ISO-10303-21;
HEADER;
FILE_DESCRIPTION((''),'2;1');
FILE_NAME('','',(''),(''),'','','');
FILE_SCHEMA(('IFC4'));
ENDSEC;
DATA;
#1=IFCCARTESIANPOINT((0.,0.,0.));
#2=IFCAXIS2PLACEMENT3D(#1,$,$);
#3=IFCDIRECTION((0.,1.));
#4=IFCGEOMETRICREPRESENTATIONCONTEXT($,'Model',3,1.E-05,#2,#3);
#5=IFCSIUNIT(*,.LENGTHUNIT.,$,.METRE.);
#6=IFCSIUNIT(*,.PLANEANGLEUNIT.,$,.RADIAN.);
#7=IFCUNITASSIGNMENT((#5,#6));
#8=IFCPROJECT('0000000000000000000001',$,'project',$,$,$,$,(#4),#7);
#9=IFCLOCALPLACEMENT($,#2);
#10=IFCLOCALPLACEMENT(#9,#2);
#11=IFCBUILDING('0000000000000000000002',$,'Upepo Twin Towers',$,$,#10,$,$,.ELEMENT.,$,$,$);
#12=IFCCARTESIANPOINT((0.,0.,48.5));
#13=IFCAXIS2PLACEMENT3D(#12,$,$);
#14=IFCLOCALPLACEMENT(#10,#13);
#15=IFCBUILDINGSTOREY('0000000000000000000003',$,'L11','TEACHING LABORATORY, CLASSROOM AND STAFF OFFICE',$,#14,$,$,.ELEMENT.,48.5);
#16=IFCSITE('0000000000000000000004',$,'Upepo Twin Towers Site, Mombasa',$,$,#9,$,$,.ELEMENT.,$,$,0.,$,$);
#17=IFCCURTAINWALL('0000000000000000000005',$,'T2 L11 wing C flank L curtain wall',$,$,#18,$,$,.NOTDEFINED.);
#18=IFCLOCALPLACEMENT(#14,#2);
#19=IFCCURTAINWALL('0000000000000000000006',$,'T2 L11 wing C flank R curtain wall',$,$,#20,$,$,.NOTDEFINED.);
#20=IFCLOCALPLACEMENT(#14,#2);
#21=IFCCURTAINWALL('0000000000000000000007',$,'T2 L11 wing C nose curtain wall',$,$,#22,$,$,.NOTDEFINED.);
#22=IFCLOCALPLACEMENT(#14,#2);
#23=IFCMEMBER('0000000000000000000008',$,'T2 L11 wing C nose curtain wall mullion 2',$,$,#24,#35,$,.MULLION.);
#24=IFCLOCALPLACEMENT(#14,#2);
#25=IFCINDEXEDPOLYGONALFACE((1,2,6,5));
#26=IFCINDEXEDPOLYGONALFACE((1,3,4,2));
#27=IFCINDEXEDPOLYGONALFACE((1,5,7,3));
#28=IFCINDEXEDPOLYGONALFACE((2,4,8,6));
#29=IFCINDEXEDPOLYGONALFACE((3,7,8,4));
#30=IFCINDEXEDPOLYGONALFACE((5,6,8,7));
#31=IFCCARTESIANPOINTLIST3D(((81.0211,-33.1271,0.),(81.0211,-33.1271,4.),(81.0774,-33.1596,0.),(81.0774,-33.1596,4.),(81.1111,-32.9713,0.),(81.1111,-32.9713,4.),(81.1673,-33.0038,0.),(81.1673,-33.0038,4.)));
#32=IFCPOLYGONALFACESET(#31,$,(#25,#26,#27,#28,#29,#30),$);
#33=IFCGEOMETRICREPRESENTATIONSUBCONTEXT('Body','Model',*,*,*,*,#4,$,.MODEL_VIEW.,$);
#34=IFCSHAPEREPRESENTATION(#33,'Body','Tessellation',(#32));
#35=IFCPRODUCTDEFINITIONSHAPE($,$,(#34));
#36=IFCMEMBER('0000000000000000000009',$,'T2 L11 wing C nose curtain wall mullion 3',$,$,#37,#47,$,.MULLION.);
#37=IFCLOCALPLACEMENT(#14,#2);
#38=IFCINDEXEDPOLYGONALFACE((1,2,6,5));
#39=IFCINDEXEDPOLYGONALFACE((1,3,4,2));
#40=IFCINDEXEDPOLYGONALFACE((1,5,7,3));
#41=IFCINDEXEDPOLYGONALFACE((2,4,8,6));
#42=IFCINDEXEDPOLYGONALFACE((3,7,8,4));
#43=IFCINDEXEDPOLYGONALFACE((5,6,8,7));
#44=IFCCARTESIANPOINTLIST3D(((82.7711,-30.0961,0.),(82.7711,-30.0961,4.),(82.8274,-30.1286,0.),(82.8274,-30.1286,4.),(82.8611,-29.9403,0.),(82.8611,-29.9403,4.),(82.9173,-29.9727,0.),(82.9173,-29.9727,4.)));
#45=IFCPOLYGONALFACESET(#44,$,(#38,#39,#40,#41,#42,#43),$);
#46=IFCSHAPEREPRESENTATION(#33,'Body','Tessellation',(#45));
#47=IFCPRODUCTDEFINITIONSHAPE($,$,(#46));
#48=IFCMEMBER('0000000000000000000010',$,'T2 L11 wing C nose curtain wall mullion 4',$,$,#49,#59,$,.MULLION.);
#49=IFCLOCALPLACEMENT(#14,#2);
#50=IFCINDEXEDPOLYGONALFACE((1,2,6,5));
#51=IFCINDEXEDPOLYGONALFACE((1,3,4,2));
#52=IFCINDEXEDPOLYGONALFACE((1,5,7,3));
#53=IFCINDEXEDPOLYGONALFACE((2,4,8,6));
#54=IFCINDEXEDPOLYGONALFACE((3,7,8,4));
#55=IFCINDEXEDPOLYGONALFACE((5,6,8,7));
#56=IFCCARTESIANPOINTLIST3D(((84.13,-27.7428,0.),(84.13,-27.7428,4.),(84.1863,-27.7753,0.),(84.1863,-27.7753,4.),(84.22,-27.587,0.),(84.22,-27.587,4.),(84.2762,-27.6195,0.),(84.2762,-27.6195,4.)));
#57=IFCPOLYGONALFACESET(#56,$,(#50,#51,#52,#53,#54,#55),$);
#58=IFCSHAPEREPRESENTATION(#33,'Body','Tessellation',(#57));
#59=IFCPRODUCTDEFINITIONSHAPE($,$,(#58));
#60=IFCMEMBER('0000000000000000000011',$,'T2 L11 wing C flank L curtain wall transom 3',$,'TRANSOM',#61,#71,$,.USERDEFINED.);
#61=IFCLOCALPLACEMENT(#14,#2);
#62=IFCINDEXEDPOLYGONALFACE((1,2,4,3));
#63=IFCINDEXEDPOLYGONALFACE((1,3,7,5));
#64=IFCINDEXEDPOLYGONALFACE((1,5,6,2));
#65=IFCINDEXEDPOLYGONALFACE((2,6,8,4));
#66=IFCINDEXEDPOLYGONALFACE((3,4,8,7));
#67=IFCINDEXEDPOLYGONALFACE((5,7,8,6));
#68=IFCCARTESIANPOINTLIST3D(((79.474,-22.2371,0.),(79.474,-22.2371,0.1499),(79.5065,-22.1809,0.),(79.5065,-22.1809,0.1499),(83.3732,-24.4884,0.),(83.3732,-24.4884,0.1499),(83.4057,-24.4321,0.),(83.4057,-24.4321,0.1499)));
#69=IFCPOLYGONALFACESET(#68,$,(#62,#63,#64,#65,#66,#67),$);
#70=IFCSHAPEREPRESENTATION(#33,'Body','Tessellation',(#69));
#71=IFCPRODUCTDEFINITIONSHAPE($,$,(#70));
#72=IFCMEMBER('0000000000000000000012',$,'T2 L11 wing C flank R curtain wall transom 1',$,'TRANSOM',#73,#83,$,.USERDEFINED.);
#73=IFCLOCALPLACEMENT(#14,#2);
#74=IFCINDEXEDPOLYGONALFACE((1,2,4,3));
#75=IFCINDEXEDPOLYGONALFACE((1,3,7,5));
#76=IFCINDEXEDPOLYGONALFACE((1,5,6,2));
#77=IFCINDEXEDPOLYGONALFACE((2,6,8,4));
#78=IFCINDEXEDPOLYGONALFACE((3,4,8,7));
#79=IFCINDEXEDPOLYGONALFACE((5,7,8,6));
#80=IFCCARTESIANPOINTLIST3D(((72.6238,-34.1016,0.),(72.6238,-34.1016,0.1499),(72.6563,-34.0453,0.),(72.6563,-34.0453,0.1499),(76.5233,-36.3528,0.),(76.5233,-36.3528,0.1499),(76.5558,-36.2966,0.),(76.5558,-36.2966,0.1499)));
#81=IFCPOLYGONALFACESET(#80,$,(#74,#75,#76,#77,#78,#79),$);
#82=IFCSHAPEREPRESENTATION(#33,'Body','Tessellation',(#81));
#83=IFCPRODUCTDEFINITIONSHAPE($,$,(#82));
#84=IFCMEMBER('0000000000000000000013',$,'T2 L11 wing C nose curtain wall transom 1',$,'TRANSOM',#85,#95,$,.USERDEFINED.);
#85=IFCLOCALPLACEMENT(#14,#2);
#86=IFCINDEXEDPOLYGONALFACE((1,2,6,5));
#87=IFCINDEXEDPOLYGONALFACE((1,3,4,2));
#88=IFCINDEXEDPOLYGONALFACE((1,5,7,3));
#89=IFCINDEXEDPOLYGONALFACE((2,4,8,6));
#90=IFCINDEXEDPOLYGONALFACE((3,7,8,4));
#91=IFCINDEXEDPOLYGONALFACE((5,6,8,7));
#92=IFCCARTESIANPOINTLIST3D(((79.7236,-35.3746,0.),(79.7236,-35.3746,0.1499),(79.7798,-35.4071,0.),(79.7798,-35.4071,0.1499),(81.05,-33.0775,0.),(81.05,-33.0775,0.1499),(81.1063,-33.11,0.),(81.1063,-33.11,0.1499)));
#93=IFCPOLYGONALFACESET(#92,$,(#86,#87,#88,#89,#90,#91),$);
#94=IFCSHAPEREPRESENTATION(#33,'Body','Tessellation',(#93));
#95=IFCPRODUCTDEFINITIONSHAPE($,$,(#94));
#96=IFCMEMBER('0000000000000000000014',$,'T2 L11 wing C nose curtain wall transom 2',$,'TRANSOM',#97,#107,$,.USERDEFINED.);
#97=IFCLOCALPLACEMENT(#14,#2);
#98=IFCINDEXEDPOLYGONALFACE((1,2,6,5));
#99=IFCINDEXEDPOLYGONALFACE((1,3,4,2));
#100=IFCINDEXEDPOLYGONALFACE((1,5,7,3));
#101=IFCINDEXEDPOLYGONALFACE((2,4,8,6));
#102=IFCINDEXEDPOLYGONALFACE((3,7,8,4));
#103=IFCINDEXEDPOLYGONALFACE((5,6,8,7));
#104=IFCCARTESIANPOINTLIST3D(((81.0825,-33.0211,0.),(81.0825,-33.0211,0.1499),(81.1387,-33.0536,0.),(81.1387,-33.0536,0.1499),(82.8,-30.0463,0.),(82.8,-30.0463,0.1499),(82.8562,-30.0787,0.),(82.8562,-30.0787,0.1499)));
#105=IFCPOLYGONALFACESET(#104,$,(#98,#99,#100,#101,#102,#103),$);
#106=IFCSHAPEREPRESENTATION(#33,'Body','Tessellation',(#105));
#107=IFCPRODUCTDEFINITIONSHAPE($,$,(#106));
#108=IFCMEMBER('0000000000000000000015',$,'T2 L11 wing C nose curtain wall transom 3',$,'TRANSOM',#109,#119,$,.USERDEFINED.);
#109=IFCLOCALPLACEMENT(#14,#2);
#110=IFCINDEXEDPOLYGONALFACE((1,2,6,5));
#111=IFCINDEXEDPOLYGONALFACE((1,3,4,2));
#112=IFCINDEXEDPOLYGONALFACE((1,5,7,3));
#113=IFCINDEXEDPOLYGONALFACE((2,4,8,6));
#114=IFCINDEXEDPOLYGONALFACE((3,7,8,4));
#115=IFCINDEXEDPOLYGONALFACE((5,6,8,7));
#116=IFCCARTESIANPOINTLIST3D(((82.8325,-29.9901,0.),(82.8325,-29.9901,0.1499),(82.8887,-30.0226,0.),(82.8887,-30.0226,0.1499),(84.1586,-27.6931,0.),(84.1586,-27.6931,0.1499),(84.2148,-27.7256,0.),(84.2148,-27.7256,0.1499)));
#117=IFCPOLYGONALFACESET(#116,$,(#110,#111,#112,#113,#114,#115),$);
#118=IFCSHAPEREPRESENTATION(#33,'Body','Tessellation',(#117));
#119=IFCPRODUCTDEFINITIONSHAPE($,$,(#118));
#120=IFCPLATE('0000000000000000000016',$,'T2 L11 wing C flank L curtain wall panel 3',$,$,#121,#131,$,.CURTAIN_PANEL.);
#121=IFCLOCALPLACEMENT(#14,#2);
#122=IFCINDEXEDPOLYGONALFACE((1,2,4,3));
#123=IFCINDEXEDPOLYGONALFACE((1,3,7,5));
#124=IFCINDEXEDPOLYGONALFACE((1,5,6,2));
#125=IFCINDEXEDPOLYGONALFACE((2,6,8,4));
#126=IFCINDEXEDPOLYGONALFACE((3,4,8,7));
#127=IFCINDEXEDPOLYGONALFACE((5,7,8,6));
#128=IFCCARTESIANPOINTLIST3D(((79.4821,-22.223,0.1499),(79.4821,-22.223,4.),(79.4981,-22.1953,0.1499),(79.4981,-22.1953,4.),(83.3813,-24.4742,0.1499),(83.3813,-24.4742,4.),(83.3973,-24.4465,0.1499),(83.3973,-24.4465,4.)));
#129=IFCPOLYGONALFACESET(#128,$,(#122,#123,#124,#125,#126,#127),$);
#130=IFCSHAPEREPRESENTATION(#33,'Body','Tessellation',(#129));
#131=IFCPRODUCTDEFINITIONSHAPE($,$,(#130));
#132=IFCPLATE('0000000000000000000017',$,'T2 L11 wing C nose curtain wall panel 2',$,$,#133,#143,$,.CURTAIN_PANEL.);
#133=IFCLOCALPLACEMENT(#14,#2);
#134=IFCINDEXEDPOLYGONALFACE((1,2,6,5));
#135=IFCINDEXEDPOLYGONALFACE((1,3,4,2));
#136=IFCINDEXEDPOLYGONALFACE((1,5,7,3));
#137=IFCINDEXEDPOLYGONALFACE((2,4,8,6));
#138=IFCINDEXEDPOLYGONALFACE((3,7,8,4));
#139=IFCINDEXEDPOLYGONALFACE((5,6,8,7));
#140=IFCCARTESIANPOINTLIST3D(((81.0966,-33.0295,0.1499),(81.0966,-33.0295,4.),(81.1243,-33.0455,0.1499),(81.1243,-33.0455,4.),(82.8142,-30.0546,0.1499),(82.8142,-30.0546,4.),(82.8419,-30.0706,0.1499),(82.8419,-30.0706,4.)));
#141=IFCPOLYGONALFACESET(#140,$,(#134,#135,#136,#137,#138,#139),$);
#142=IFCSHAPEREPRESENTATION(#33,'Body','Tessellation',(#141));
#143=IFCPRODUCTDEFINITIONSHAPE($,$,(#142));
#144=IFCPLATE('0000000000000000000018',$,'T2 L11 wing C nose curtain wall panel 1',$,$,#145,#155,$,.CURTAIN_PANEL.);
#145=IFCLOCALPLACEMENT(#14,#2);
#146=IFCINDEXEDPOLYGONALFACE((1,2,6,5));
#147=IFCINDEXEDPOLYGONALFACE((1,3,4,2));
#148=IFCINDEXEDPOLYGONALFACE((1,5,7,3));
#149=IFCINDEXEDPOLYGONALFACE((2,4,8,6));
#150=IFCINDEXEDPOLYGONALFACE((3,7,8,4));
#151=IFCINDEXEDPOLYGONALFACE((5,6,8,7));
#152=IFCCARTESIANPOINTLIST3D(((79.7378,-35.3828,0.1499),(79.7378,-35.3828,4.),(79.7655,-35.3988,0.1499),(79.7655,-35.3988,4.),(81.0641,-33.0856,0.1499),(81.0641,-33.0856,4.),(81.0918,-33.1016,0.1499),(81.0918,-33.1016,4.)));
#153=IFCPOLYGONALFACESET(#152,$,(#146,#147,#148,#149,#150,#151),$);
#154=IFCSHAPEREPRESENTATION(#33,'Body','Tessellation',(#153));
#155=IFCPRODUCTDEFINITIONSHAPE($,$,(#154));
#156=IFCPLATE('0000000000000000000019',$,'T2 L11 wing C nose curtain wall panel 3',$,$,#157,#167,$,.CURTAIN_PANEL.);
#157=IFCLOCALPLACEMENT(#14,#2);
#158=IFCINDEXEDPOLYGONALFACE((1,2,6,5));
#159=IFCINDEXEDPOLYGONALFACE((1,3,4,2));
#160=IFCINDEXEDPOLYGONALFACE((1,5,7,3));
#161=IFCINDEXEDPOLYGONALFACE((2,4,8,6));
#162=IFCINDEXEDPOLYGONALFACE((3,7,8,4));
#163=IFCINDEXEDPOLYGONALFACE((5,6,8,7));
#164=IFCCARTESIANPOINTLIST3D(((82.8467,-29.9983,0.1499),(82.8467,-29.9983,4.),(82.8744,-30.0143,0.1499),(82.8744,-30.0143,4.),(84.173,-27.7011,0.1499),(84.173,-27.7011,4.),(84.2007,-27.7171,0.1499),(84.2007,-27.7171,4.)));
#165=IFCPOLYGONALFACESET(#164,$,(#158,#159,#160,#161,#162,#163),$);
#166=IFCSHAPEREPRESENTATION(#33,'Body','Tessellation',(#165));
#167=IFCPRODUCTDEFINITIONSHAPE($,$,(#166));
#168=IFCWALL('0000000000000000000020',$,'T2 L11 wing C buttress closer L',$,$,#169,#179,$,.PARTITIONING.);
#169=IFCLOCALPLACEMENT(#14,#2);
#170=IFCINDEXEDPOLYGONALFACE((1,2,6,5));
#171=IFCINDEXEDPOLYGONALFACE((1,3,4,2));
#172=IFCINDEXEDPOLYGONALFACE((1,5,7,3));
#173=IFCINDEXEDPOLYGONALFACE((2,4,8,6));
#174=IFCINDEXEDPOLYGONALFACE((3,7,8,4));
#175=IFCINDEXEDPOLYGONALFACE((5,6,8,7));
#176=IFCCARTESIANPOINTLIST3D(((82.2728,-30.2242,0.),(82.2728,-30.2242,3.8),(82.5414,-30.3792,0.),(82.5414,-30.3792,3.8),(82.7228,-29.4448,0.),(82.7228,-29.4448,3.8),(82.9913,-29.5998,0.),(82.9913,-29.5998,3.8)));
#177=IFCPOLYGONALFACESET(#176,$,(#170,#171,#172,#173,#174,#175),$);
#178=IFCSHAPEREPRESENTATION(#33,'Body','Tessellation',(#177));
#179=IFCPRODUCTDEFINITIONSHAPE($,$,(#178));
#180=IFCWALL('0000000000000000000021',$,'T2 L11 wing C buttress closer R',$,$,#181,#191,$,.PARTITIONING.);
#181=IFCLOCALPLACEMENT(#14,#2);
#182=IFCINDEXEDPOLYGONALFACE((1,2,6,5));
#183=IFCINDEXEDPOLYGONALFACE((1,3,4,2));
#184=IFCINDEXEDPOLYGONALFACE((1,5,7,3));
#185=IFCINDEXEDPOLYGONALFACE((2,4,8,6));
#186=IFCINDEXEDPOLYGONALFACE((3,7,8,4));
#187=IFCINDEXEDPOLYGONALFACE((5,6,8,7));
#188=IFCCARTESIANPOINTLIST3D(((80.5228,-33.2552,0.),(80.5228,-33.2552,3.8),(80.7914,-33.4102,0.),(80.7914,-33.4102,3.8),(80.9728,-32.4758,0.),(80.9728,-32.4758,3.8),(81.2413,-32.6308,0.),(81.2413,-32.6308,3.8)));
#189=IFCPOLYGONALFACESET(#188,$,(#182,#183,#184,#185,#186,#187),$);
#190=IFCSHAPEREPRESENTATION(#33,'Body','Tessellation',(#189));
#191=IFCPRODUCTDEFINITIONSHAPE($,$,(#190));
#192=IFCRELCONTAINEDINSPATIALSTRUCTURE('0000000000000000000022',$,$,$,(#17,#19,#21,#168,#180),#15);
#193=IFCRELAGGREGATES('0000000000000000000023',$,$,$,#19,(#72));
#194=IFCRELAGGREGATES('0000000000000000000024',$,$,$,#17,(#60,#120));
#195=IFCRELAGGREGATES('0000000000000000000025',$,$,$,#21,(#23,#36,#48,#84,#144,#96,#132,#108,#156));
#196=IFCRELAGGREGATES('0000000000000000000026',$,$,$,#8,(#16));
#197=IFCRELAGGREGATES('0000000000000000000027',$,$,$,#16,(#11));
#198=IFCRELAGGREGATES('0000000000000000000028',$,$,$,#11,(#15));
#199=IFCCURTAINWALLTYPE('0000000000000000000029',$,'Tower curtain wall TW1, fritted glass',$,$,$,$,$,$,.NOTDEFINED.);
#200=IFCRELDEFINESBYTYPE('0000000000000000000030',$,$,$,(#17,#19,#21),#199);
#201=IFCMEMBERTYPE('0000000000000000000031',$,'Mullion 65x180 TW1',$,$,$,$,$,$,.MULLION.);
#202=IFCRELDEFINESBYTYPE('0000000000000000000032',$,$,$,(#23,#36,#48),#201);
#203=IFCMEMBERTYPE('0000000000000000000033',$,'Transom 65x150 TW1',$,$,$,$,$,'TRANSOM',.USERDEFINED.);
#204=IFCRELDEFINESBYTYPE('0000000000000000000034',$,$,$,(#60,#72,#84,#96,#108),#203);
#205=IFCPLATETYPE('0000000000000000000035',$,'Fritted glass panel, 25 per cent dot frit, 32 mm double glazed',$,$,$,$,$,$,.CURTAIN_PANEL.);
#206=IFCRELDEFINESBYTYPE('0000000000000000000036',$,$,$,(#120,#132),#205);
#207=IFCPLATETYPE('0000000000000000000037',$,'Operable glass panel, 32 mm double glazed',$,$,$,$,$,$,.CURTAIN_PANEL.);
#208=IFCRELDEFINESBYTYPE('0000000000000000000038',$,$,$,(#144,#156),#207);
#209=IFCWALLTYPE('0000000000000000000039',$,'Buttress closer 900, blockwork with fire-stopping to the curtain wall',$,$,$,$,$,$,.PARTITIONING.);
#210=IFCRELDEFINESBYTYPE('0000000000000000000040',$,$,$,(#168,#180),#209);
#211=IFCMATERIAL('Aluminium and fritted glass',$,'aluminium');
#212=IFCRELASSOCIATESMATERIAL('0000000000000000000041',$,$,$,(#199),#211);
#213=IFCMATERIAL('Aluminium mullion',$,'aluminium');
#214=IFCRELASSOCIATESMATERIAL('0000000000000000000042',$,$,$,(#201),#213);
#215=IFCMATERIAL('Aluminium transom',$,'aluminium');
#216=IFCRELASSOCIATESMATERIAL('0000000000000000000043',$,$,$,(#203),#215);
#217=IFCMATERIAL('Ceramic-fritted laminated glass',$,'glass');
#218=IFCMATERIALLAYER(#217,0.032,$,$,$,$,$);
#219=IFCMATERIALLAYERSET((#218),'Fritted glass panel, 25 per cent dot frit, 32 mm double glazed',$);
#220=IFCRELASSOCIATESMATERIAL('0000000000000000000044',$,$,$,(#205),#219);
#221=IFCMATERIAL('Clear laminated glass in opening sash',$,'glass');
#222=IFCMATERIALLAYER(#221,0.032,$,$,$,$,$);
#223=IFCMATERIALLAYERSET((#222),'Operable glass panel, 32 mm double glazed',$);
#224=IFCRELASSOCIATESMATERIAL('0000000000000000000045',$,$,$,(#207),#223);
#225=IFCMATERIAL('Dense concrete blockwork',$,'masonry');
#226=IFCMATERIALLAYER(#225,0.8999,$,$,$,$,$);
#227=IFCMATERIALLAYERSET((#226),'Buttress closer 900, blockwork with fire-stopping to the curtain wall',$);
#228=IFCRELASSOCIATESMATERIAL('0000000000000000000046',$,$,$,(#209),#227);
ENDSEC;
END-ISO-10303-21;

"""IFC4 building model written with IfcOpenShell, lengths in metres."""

from ifc_helpers import new_model, si_unit, direction, frame, frame_2d, origin, origin_2d, place, context, subcontext, project, spatial, rectangle, extrude, material, layer, layer_set, material_profile, profile_set, type_object, element, aggregate, save


model = new_model("IFC4")

# Units and contexts
model_context = context("Model", 3, precision=1e-05, world=origin(), true_north=direction((0.0, 1.0)))
body_context = subcontext(model_context, "Body", "Model", "MODEL_VIEW")
ifc_project = project(units=[si_unit("LENGTHUNIT", "METRE"), si_unit("PLANEANGLEUNIT", "RADIAN")], contexts=[model_context])

# Site, building, storey
site_placement = place(None, origin())
site = spatial("IfcSite", under=ifc_project, at=site_placement, Name="Upepo Twin Towers Site, Mombasa", CompositionType="ELEMENT", RefElevation=0.0)
building_placement = place(site_placement, origin())
building = spatial("IfcBuilding", under=site, at=building_placement, Name="Upepo Twin Towers", CompositionType="ELEMENT")
storey_placement = place(building_placement, frame((0.0, 0.0, 48.5)))
storey = spatial("IfcBuildingStorey", under=building, at=storey_placement, Name="L11", Description="TEACHING LABORATORY, CLASSROOM AND STAFF OFFICE", CompositionType="ELEMENT", Elevation=48.5)

# Curtain wall
ifc_material_1 = material(Name="Aluminium and fritted glass", Category="aluminium")
curtain_wall_type = type_object("IfcCurtainWallType", Name="Tower curtain wall TW1, fritted glass", PredefinedType="NOTDEFINED", material=ifc_material_1)
curtain_wall_1_placement = place(storey_placement, origin())
curtain_wall_1 = element("IfcCurtainWall", 1, at=curtain_wall_1_placement, inside=storey, type_object=curtain_wall_type, Name="T2 L11 wing C flank L curtain wall", PredefinedType="NOTDEFINED")
ifc_material_2 = material(Name="Aluminium mullion", Category="aluminium")
ifc_material_profile_1 = material_profile(ifc_material_2, rectangle(XDim=0.0649, YDim=0.1799, at=origin_2d()), Name="MULLION 65x180")
ifc_profile_set_1 = profile_set([ifc_material_profile_1], Name="Aluminium mullion")
member_type_1 = type_object("IfcMemberType", Name="Mullion 65x180 TW1", PredefinedType="MULLION", material=ifc_profile_set_1)

# Curtain wall
curtain_wall_2_placement = place(storey_placement, origin())
curtain_wall_2 = element("IfcCurtainWall", 2, at=curtain_wall_2_placement, inside=storey, type_object=curtain_wall_type, Name="T2 L11 wing C flank R curtain wall", PredefinedType="NOTDEFINED")

# Curtain wall, members
curtain_wall_3_placement = place(storey_placement, origin())
curtain_wall_3 = element("IfcCurtainWall", 3, at=curtain_wall_3_placement, inside=storey, type_object=curtain_wall_type, Name="T2 L11 wing C nose curtain wall", PredefinedType="NOTDEFINED")
member_1_placement = place(storey_placement, frame((81.0942, -33.0654, 0.0), z_axis=(0.0, 0.0, 1.0), x_axis=(-0.866025, 0.5, 0.0)))
member_1 = element("IfcMember", 4, at=member_1_placement, type_object=member_type_1, Name="T2 L11 wing C nose curtain wall mullion 2", PredefinedType="MULLION", context=body_context, shape_type="SweptSolid", body=[
    extrude(rectangle(XDim=0.0649, YDim=0.1799, at=origin_2d()), origin(), (0.0, 0.0, 1.0), 4.0),
])
member_2_placement = place(storey_placement, frame((82.8442, -30.0344, 0.0), z_axis=(0.0, 0.0, 1.0), x_axis=(-0.866025, 0.5, 0.0)))
member_2 = element("IfcMember", 5, at=member_2_placement, type_object=member_type_1, Name="T2 L11 wing C nose curtain wall mullion 3", PredefinedType="MULLION", context=body_context, shape_type="SweptSolid", body=[
    extrude(rectangle(XDim=0.0649, YDim=0.1799, at=origin_2d()), origin(), (0.0, 0.0, 1.0), 4.0),
])
member_3_placement = place(storey_placement, frame((84.2031, -27.6812, 0.0), z_axis=(0.0, 0.0, 1.0), x_axis=(-0.866025, 0.5, 0.0)))
member_3 = element("IfcMember", 6, at=member_3_placement, type_object=member_type_1, Name="T2 L11 wing C nose curtain wall mullion 4", PredefinedType="MULLION", context=body_context, shape_type="SweptSolid", body=[
    extrude(rectangle(XDim=0.0649, YDim=0.1799, at=origin_2d()), origin(), (0.0, 0.0, 1.0), 4.0),
])

# Members
ifc_material_3 = material(Name="Aluminium transom", Category="aluminium")
ifc_material_profile_2 = material_profile(ifc_material_3, rectangle(XDim=0.0649, YDim=0.1499, at=origin_2d()), Name="TRANSOM 65x150")
ifc_profile_set_2 = profile_set([ifc_material_profile_2], Name="Aluminium transom")
member_type_2 = type_object("IfcMemberType", Name="Transom 65x150 TW1", ElementType="TRANSOM", PredefinedType="USERDEFINED", material=ifc_profile_set_2)
member_4_placement = place(storey_placement, frame((79.4902, -22.209, 0.075), z_axis=(0.866022, -0.500006, 0.0), x_axis=(0.500006, 0.866022, 0.0)))
member_4 = element("IfcMember", 7, at=member_4_placement, type_object=member_type_2, Name="T2 L11 wing C flank L curtain wall transom 3", ObjectType="TRANSOM", PredefinedType="USERDEFINED", context=body_context, shape_type="SweptSolid", body=[
    extrude(rectangle(XDim=0.0649, YDim=0.1499, at=origin_2d()), origin(), (0.0, 0.0, 1.0), 4.5024),
])
member_5_placement = place(storey_placement, frame((76.5396, -36.3247, 0.075), z_axis=(-0.866036, 0.499982, 0.0), x_axis=(-0.499982, -0.866036, 0.0)))
member_5 = element("IfcMember", 8, at=member_5_placement, type_object=member_type_2, Name="T2 L11 wing C flank R curtain wall transom 1", ObjectType="TRANSOM", PredefinedType="USERDEFINED", context=body_context, shape_type="SweptSolid", body=[
    extrude(rectangle(XDim=0.0649, YDim=0.1499, at=origin_2d()), origin(), (0.0, 0.0, 1.0), 4.5027),
])
aggregate(curtain_wall_2, [member_5])
member_6_placement = place(storey_placement, frame((79.7517, -35.3909, 0.075), z_axis=(0.500049, 0.865997, 0.0), x_axis=(-0.865997, 0.500049, 0.0)))
member_6 = element("IfcMember", 9, at=member_6_placement, type_object=member_type_2, Name="T2 L11 wing C nose curtain wall transom 1", ObjectType="TRANSOM", PredefinedType="USERDEFINED", context=body_context, shape_type="SweptSolid", body=[
    extrude(rectangle(XDim=0.0649, YDim=0.1499, at=origin_2d()), origin(), (0.0, 0.0, 1.0), 2.6526),
])
member_7_placement = place(storey_placement, frame((81.1106, -33.0374, 0.075), z_axis=(0.499999, 0.866026, 0.0), x_axis=(-0.866026, 0.499999, 0.0)))
member_7 = element("IfcMember", 10, at=member_7_placement, type_object=member_type_2, Name="T2 L11 wing C nose curtain wall transom 2", ObjectType="TRANSOM", PredefinedType="USERDEFINED", context=body_context, shape_type="SweptSolid", body=[
    extrude(rectangle(XDim=0.0649, YDim=0.1499, at=origin_2d()), origin(), (0.0, 0.0, 1.0), 3.4351),
])
member_8_placement = place(storey_placement, frame((82.8606, -30.0063, 0.075), z_axis=(0.49998, 0.866037, 0.0), x_axis=(-0.866037, 0.49998, 0.0)))
member_8 = element("IfcMember", 11, at=member_8_placement, type_object=member_type_2, Name="T2 L11 wing C nose curtain wall transom 3", ObjectType="TRANSOM", PredefinedType="USERDEFINED", context=body_context, shape_type="SweptSolid", body=[
    extrude(rectangle(XDim=0.0649, YDim=0.1499, at=origin_2d()), origin(), (0.0, 0.0, 1.0), 2.6523),
])

# Plates
ifc_material_4 = material(Name="Ceramic-fritted laminated glass", Category="glass")
ifc_layer_1 = layer(ifc_material_4, 0.032)
ifc_layer_set_1 = layer_set([ifc_layer_1], Name="Fritted glass panel, 25 per cent dot frit, 32 mm double glazed")
plate_type_1 = type_object("IfcPlateType", Name="Fritted glass panel, 25 per cent dot frit, 32 mm double glazed", PredefinedType="CURTAIN_PANEL", material=ifc_layer_set_1)
plate_1_placement = place(storey_placement, frame((81.4397, -23.3347, 0.1499), z_axis=(0.0, 0.0, 1.0), x_axis=(0.866025, -0.5, 0.0)))
plate_1 = element("IfcPlate", 12, at=plate_1_placement, type_object=plate_type_1, Name="T2 L11 wing C flank L curtain wall panel 3", PredefinedType="CURTAIN_PANEL", context=body_context, shape_type="SweptSolid", body=[
    extrude(rectangle(XDim=4.5024, YDim=0.032, at=origin_2d()), origin(), (0.0, 0.0, 1.0), 3.8501),
])
aggregate(curtain_wall_1, [member_4, plate_1])
plate_2_placement = place(storey_placement, frame((81.9692, -31.55, 0.1499), z_axis=(0.0, 0.0, 1.0), x_axis=(0.5, 0.866025, 0.0)))
plate_2 = element("IfcPlate", 13, at=plate_2_placement, type_object=plate_type_1, Name="T2 L11 wing C nose curtain wall panel 2", PredefinedType="CURTAIN_PANEL", context=body_context, shape_type="SweptSolid", body=[
    extrude(rectangle(XDim=3.4351, YDim=0.032, at=origin_2d()), origin(), (0.0, 0.0, 1.0), 3.8501),
])
ifc_material_5 = material(Name="Clear laminated glass in opening sash", Category="glass")
ifc_layer_2 = layer(ifc_material_5, 0.032)
ifc_layer_set_2 = layer_set([ifc_layer_2], Name="Operable glass panel, 32 mm double glazed")
plate_type_2 = type_object("IfcPlateType", Name="Operable glass panel, 32 mm double glazed", PredefinedType="CURTAIN_PANEL", material=ifc_layer_set_2)
plate_3_placement = place(storey_placement, frame((80.4148, -34.2422, 0.1499), z_axis=(0.0, 0.0, 1.0), x_axis=(0.5, 0.866025, 0.0)))
plate_3 = element("IfcPlate", 14, at=plate_3_placement, type_object=plate_type_2, Name="T2 L11 wing C nose curtain wall panel 1", PredefinedType="CURTAIN_PANEL", context=body_context, shape_type="SweptSolid", body=[
    extrude(rectangle(XDim=2.6526, YDim=0.032, at=origin_2d()), origin(), (0.0, 0.0, 1.0), 3.8501),
])
plate_4_placement = place(storey_placement, frame((83.5237, -28.8577, 0.1499), z_axis=(0.0, 0.0, 1.0), x_axis=(0.5, 0.866025, 0.0)))
plate_4 = element("IfcPlate", 15, at=plate_4_placement, type_object=plate_type_2, Name="T2 L11 wing C nose curtain wall panel 3", PredefinedType="CURTAIN_PANEL", context=body_context, shape_type="SweptSolid", body=[
    extrude(rectangle(XDim=2.6526, YDim=0.032, at=origin_2d()), origin(), (0.0, 0.0, 1.0), 3.8501),
])
aggregate(curtain_wall_3, [member_1, member_2, member_3, member_6, plate_3, member_7, plate_2, member_8, plate_4])

# Walls
ifc_material_6 = material(Name="Dense concrete blockwork", Category="masonry")
ifc_layer_3 = layer(ifc_material_6, 0.8999)
ifc_layer_set_3 = layer_set([ifc_layer_3], Name="Buttress closer 900, blockwork with fire-stopping to the curtain wall")
wall_type_1 = type_object("IfcWallType", Name="Buttress closer 900, blockwork with fire-stopping to the curtain wall", PredefinedType="PARTITIONING", material=ifc_layer_set_3)
for number, where, z_axis, x_axis, name in (
    (16, (82.4978, -29.8345, 0.0), (0.0, 0.0, 1.0), (0.866054, -0.49995, 0.0), "T2 L11 wing C buttress closer L"),
    (17, (80.7478, -32.8655, 0.0), (0.0, 0.0, 1.0), (0.866054, -0.49995, 0.0), "T2 L11 wing C buttress closer R"),
):
    element("IfcWall", number, at=place(storey_placement, frame(where, z_axis=z_axis, x_axis=x_axis)), inside=storey, type_object=wall_type_1, Name=name, PredefinedType="PARTITIONING", context=body_context, shape_type="SweptSolid", body=[
        extrude(rectangle(XDim=0.3101, YDim=0.8999, at=frame_2d((0.155, 0.0))), origin(), (0.0, 0.0, 1.0), 3.8),
    ])

save(model, "model.ifc")
